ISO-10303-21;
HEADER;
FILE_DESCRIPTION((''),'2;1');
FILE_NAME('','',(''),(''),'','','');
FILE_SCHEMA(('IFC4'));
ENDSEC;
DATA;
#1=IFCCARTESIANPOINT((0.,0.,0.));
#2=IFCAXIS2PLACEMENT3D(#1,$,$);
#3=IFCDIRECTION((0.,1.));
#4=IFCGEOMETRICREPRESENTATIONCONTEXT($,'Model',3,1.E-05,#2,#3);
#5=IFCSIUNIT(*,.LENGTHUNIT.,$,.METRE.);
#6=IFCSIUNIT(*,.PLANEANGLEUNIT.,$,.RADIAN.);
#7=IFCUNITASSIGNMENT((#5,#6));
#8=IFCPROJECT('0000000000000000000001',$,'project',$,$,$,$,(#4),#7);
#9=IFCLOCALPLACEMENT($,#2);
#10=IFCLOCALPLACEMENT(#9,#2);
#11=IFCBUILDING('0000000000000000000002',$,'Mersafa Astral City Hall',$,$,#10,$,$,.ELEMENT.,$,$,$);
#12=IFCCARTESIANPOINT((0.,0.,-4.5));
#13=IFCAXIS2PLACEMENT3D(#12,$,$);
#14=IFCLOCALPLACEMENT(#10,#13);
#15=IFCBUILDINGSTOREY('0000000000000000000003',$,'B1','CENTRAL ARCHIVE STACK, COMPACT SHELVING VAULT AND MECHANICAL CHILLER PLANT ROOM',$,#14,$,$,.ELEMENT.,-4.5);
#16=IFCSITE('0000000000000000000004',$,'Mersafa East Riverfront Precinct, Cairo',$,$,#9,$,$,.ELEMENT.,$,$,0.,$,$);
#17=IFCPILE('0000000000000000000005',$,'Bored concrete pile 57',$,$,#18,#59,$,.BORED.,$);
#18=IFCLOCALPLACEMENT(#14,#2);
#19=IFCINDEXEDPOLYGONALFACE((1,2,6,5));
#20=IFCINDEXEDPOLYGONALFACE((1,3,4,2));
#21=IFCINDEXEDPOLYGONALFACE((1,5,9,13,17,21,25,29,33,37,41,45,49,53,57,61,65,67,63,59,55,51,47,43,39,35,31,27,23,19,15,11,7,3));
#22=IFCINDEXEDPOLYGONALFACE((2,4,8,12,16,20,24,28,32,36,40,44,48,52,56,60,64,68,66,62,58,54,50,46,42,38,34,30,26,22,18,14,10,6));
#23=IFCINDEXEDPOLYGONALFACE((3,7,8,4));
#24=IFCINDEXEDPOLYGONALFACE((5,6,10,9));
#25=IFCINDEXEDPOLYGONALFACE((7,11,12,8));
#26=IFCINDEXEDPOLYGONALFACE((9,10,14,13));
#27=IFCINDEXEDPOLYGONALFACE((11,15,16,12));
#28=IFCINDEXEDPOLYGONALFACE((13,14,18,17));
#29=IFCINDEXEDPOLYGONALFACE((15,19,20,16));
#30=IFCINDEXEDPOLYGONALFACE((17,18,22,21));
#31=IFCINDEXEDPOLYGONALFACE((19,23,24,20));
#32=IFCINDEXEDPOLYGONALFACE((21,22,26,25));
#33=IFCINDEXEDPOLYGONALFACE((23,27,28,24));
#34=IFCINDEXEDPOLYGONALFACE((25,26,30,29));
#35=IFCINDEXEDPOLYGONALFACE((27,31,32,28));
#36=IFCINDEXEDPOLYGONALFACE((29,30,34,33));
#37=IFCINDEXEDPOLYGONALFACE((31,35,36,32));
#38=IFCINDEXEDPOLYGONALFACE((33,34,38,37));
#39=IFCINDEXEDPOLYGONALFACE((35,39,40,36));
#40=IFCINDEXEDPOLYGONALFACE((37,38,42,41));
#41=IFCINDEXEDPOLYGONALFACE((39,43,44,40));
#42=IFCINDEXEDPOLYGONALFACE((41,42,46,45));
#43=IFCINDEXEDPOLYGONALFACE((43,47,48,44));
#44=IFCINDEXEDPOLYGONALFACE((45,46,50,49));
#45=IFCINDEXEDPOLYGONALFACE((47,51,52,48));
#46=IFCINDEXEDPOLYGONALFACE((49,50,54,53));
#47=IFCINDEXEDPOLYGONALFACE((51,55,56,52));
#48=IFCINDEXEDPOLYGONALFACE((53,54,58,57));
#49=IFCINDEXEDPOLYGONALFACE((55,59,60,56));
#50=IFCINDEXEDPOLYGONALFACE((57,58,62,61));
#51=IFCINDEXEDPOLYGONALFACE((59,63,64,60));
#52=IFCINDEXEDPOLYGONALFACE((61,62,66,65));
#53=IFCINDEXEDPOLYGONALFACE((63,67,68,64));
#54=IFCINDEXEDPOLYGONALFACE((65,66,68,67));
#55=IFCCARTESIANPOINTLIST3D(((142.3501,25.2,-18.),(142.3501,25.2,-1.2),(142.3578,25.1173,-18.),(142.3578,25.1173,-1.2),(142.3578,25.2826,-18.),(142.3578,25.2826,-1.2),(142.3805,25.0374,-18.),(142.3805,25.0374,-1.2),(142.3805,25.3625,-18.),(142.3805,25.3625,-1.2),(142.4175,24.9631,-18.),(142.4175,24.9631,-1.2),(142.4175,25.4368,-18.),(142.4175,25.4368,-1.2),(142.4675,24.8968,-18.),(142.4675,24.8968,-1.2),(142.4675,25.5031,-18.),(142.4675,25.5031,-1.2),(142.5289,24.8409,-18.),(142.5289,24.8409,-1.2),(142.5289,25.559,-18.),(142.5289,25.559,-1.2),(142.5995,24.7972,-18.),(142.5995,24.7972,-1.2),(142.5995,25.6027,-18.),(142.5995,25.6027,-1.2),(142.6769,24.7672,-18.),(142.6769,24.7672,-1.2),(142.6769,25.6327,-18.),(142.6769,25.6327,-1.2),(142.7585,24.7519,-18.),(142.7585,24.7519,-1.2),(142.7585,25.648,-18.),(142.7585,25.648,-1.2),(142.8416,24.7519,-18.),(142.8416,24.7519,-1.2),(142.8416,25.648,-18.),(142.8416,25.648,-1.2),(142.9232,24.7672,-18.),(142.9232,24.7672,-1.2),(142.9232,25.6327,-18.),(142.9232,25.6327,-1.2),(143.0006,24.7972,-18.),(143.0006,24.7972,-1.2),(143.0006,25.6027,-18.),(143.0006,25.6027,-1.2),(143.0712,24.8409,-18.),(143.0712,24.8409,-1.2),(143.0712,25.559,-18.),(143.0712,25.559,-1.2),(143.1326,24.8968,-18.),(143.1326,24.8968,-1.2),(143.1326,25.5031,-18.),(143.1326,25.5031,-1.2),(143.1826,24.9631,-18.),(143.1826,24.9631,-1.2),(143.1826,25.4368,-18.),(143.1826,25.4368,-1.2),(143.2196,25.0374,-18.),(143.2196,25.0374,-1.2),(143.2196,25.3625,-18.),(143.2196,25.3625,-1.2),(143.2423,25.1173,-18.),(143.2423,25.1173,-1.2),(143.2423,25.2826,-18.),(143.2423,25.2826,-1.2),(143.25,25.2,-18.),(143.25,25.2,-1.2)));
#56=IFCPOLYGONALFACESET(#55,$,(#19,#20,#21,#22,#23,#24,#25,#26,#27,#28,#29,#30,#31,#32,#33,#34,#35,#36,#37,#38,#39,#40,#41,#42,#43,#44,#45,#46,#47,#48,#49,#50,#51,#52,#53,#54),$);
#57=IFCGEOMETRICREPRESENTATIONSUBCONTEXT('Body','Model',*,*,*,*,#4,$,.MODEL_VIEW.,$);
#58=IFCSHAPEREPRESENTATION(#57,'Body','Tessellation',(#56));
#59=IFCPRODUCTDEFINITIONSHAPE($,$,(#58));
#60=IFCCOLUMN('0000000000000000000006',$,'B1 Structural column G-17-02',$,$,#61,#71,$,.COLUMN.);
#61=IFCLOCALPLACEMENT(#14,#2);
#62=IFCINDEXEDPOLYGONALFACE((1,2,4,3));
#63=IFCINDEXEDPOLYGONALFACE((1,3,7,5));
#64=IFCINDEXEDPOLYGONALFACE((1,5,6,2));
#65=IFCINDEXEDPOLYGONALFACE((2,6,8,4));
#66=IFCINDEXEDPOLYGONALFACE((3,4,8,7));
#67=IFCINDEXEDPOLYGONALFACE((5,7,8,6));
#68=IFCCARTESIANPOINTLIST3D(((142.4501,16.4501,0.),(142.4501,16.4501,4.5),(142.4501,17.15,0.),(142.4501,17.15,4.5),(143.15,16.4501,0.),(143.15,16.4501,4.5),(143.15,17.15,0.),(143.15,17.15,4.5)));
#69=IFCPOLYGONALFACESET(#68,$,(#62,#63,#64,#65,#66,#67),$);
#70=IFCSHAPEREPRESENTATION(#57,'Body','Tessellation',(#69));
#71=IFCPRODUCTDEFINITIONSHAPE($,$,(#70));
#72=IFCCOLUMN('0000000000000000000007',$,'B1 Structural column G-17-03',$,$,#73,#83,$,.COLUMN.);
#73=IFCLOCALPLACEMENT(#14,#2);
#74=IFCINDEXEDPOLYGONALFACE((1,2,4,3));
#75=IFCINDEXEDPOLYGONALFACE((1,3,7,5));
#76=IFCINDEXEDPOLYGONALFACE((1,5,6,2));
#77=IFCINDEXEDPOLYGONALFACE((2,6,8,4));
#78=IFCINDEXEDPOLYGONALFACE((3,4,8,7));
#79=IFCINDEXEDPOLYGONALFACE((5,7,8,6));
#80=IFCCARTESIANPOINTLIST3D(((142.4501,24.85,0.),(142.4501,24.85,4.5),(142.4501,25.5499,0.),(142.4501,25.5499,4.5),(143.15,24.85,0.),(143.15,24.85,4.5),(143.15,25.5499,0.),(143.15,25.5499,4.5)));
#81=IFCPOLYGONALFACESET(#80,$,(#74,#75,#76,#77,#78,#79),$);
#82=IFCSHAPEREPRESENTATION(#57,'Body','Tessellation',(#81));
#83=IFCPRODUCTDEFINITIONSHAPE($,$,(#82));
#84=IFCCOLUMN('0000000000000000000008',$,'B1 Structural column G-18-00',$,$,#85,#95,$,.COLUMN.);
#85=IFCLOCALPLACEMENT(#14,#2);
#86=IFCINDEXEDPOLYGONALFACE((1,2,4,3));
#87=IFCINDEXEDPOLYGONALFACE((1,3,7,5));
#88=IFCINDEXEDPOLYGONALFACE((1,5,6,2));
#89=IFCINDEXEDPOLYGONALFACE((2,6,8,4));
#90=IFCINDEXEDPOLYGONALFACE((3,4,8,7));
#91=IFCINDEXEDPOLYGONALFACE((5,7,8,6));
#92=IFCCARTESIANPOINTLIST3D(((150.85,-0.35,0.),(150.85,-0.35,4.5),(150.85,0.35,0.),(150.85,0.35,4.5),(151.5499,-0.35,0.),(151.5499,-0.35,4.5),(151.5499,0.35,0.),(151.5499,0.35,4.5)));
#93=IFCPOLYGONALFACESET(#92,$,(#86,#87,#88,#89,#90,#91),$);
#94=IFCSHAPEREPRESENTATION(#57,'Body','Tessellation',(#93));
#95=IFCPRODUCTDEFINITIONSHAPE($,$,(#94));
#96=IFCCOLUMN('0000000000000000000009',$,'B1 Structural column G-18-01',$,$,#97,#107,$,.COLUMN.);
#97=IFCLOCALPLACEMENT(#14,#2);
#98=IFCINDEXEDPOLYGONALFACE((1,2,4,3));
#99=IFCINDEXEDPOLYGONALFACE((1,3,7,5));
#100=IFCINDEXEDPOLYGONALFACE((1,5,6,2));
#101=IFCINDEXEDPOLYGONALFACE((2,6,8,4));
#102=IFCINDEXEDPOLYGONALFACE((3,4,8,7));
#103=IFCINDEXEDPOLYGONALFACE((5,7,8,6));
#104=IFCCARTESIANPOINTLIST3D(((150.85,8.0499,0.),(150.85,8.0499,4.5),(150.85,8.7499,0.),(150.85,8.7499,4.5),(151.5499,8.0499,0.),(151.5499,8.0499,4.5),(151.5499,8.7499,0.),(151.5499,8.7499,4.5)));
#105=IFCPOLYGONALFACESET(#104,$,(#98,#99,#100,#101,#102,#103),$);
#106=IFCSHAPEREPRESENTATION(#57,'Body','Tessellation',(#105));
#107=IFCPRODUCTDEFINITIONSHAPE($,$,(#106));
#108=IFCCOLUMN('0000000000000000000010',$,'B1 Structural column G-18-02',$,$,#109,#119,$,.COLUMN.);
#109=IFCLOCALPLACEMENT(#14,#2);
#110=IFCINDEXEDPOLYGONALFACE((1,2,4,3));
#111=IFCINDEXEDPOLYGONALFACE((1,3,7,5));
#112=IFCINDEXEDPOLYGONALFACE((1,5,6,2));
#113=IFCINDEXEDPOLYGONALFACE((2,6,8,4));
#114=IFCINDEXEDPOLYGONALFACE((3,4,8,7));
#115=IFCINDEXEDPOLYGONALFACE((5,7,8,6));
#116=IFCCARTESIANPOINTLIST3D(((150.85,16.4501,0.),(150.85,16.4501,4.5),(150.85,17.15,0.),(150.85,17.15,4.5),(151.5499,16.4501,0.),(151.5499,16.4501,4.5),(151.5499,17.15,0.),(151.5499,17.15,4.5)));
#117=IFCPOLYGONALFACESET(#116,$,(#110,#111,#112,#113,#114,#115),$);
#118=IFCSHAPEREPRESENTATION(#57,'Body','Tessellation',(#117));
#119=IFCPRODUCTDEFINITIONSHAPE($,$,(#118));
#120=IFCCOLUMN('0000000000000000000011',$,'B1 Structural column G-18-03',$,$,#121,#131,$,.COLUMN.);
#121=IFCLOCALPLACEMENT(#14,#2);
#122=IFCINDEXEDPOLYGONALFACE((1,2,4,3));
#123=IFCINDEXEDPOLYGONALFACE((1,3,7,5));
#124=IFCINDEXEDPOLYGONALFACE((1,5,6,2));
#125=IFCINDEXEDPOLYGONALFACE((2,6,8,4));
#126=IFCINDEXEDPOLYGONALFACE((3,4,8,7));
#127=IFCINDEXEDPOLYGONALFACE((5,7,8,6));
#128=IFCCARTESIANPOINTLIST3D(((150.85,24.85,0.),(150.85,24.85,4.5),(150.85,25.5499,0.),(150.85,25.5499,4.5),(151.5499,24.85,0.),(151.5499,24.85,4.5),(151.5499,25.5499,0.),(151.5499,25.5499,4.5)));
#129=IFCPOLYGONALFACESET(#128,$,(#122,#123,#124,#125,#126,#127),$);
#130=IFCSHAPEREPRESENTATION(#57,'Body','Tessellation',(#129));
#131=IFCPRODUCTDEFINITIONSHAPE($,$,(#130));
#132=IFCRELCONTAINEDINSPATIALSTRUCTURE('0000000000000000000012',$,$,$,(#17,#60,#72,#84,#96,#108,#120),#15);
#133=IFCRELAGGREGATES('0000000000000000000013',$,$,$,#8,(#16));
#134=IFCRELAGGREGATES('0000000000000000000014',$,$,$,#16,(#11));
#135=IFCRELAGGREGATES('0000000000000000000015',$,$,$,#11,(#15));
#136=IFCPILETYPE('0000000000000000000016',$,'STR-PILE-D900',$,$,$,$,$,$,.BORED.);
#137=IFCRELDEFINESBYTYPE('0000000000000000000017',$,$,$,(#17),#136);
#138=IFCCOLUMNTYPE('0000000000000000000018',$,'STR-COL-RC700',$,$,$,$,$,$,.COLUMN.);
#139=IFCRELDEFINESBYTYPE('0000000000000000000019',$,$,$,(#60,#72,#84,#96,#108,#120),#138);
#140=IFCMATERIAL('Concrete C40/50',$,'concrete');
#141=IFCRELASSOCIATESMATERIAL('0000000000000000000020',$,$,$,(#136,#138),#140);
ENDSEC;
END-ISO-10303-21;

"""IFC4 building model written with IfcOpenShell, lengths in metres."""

from ifc_helpers import new_model, si_unit, direction, frame, origin, origin_2d, place, context, subcontext, project, spatial, rectangle, circle, extrude, material, material_profile, profile_set, type_object, element, save


model = new_model("IFC4")

# Units and contexts
model_context = context("Model", 3, precision=1e-05, world=origin(), true_north=direction((0.0, 1.0)))
body_context = subcontext(model_context, "Body", "Model", "MODEL_VIEW")
ifc_project = project(units=[si_unit("LENGTHUNIT", "METRE"), si_unit("PLANEANGLEUNIT", "RADIAN")], contexts=[model_context])

# Site, building, storey
site_placement = place(None, origin())
site = spatial("IfcSite", under=ifc_project, at=site_placement, Name="Mersafa East Riverfront Precinct, Cairo", CompositionType="ELEMENT", RefElevation=0.0)
building_placement = place(site_placement, origin())
building = spatial("IfcBuilding", under=site, at=building_placement, Name="Mersafa Astral City Hall", CompositionType="ELEMENT")
storey_placement = place(building_placement, frame((0.0, 0.0, -4.5)))
storey = spatial("IfcBuildingStorey", under=building, at=storey_placement, Name="B1", Description="CENTRAL ARCHIVE STACK, COMPACT SHELVING VAULT AND MECHANICAL CHILLER PLANT ROOM", CompositionType="ELEMENT", Elevation=-4.5)

# Shared definitions
ifc_material = material(Name="Concrete C40/50", Category="concrete")

# Pile
ifc_material_profile_1 = material_profile(ifc_material, circle(Radius=0.45, at=origin_2d()), Name="PILE D900")
ifc_profile_set_1 = profile_set([ifc_material_profile_1], Name="Concrete C40/50")
pile_type_1 = type_object("IfcPileType", Name="STR-PILE-D900", PredefinedType="BORED", material=ifc_profile_set_1)
pile_placement = place(storey_placement, frame((142.8, 25.2, -1.2), z_axis=(0.0, 0.0, -1.0), x_axis=(1.0, 0.0, 0.0)))
element("IfcPile", 1, at=pile_placement, inside=storey, type_object=pile_type_1, Name="Bored concrete pile 57", PredefinedType="BORED", context=body_context, shape_type="SweptSolid", body=[
    extrude(circle(Radius=0.45, at=origin_2d()), origin(), (0.0, 0.0, 1.0), 16.8),
])

# Columns
ifc_material_profile_2 = material_profile(ifc_material, rectangle(XDim=0.7, YDim=0.7, at=origin_2d()), Name="RC 700x700")
ifc_profile_set_2 = profile_set([ifc_material_profile_2], Name="Concrete C40/50")
column_type = type_object("IfcColumnType", Name="STR-COL-RC700", PredefinedType="COLUMN", material=ifc_profile_set_2)
for number, where, z_axis, x_axis, name in (
    (2, (142.8, 16.8, 0.0), (0.0, 0.0, 1.0), (1.0, 0.0, 0.0), "B1 Structural column G-17-02"),
    (3, (142.8, 25.2, 0.0), (0.0, 0.0, 1.0), (1.0, 0.0, 0.0), "B1 Structural column G-17-03"),
    (4, (151.2, 0.0, 0.0), (0.0, 0.0, 1.0), (1.0, 0.0, 0.0), "B1 Structural column G-18-00"),
    (5, (151.2, 8.3999, 0.0), (0.0, 0.0, 1.0), (1.0, 0.0, 0.0), "B1 Structural column G-18-01"),
    (6, (151.2, 16.8, 0.0), (0.0, 0.0, 1.0), (1.0, 0.0, 0.0), "B1 Structural column G-18-02"),
    (7, (151.2, 25.2, 0.0), (0.0, 0.0, 1.0), (1.0, 0.0, 0.0), "B1 Structural column G-18-03"),
):
    element("IfcColumn", number, at=place(storey_placement, frame(where, z_axis=z_axis, x_axis=x_axis)), inside=storey, type_object=column_type, Name=name, PredefinedType="COLUMN", context=body_context, shape_type="SweptSolid", body=[
        extrude(rectangle(XDim=0.7, YDim=0.7, at=origin_2d()), origin(), (0.0, 0.0, 1.0), 4.5),
    ])

save(model, "model.ifc")
